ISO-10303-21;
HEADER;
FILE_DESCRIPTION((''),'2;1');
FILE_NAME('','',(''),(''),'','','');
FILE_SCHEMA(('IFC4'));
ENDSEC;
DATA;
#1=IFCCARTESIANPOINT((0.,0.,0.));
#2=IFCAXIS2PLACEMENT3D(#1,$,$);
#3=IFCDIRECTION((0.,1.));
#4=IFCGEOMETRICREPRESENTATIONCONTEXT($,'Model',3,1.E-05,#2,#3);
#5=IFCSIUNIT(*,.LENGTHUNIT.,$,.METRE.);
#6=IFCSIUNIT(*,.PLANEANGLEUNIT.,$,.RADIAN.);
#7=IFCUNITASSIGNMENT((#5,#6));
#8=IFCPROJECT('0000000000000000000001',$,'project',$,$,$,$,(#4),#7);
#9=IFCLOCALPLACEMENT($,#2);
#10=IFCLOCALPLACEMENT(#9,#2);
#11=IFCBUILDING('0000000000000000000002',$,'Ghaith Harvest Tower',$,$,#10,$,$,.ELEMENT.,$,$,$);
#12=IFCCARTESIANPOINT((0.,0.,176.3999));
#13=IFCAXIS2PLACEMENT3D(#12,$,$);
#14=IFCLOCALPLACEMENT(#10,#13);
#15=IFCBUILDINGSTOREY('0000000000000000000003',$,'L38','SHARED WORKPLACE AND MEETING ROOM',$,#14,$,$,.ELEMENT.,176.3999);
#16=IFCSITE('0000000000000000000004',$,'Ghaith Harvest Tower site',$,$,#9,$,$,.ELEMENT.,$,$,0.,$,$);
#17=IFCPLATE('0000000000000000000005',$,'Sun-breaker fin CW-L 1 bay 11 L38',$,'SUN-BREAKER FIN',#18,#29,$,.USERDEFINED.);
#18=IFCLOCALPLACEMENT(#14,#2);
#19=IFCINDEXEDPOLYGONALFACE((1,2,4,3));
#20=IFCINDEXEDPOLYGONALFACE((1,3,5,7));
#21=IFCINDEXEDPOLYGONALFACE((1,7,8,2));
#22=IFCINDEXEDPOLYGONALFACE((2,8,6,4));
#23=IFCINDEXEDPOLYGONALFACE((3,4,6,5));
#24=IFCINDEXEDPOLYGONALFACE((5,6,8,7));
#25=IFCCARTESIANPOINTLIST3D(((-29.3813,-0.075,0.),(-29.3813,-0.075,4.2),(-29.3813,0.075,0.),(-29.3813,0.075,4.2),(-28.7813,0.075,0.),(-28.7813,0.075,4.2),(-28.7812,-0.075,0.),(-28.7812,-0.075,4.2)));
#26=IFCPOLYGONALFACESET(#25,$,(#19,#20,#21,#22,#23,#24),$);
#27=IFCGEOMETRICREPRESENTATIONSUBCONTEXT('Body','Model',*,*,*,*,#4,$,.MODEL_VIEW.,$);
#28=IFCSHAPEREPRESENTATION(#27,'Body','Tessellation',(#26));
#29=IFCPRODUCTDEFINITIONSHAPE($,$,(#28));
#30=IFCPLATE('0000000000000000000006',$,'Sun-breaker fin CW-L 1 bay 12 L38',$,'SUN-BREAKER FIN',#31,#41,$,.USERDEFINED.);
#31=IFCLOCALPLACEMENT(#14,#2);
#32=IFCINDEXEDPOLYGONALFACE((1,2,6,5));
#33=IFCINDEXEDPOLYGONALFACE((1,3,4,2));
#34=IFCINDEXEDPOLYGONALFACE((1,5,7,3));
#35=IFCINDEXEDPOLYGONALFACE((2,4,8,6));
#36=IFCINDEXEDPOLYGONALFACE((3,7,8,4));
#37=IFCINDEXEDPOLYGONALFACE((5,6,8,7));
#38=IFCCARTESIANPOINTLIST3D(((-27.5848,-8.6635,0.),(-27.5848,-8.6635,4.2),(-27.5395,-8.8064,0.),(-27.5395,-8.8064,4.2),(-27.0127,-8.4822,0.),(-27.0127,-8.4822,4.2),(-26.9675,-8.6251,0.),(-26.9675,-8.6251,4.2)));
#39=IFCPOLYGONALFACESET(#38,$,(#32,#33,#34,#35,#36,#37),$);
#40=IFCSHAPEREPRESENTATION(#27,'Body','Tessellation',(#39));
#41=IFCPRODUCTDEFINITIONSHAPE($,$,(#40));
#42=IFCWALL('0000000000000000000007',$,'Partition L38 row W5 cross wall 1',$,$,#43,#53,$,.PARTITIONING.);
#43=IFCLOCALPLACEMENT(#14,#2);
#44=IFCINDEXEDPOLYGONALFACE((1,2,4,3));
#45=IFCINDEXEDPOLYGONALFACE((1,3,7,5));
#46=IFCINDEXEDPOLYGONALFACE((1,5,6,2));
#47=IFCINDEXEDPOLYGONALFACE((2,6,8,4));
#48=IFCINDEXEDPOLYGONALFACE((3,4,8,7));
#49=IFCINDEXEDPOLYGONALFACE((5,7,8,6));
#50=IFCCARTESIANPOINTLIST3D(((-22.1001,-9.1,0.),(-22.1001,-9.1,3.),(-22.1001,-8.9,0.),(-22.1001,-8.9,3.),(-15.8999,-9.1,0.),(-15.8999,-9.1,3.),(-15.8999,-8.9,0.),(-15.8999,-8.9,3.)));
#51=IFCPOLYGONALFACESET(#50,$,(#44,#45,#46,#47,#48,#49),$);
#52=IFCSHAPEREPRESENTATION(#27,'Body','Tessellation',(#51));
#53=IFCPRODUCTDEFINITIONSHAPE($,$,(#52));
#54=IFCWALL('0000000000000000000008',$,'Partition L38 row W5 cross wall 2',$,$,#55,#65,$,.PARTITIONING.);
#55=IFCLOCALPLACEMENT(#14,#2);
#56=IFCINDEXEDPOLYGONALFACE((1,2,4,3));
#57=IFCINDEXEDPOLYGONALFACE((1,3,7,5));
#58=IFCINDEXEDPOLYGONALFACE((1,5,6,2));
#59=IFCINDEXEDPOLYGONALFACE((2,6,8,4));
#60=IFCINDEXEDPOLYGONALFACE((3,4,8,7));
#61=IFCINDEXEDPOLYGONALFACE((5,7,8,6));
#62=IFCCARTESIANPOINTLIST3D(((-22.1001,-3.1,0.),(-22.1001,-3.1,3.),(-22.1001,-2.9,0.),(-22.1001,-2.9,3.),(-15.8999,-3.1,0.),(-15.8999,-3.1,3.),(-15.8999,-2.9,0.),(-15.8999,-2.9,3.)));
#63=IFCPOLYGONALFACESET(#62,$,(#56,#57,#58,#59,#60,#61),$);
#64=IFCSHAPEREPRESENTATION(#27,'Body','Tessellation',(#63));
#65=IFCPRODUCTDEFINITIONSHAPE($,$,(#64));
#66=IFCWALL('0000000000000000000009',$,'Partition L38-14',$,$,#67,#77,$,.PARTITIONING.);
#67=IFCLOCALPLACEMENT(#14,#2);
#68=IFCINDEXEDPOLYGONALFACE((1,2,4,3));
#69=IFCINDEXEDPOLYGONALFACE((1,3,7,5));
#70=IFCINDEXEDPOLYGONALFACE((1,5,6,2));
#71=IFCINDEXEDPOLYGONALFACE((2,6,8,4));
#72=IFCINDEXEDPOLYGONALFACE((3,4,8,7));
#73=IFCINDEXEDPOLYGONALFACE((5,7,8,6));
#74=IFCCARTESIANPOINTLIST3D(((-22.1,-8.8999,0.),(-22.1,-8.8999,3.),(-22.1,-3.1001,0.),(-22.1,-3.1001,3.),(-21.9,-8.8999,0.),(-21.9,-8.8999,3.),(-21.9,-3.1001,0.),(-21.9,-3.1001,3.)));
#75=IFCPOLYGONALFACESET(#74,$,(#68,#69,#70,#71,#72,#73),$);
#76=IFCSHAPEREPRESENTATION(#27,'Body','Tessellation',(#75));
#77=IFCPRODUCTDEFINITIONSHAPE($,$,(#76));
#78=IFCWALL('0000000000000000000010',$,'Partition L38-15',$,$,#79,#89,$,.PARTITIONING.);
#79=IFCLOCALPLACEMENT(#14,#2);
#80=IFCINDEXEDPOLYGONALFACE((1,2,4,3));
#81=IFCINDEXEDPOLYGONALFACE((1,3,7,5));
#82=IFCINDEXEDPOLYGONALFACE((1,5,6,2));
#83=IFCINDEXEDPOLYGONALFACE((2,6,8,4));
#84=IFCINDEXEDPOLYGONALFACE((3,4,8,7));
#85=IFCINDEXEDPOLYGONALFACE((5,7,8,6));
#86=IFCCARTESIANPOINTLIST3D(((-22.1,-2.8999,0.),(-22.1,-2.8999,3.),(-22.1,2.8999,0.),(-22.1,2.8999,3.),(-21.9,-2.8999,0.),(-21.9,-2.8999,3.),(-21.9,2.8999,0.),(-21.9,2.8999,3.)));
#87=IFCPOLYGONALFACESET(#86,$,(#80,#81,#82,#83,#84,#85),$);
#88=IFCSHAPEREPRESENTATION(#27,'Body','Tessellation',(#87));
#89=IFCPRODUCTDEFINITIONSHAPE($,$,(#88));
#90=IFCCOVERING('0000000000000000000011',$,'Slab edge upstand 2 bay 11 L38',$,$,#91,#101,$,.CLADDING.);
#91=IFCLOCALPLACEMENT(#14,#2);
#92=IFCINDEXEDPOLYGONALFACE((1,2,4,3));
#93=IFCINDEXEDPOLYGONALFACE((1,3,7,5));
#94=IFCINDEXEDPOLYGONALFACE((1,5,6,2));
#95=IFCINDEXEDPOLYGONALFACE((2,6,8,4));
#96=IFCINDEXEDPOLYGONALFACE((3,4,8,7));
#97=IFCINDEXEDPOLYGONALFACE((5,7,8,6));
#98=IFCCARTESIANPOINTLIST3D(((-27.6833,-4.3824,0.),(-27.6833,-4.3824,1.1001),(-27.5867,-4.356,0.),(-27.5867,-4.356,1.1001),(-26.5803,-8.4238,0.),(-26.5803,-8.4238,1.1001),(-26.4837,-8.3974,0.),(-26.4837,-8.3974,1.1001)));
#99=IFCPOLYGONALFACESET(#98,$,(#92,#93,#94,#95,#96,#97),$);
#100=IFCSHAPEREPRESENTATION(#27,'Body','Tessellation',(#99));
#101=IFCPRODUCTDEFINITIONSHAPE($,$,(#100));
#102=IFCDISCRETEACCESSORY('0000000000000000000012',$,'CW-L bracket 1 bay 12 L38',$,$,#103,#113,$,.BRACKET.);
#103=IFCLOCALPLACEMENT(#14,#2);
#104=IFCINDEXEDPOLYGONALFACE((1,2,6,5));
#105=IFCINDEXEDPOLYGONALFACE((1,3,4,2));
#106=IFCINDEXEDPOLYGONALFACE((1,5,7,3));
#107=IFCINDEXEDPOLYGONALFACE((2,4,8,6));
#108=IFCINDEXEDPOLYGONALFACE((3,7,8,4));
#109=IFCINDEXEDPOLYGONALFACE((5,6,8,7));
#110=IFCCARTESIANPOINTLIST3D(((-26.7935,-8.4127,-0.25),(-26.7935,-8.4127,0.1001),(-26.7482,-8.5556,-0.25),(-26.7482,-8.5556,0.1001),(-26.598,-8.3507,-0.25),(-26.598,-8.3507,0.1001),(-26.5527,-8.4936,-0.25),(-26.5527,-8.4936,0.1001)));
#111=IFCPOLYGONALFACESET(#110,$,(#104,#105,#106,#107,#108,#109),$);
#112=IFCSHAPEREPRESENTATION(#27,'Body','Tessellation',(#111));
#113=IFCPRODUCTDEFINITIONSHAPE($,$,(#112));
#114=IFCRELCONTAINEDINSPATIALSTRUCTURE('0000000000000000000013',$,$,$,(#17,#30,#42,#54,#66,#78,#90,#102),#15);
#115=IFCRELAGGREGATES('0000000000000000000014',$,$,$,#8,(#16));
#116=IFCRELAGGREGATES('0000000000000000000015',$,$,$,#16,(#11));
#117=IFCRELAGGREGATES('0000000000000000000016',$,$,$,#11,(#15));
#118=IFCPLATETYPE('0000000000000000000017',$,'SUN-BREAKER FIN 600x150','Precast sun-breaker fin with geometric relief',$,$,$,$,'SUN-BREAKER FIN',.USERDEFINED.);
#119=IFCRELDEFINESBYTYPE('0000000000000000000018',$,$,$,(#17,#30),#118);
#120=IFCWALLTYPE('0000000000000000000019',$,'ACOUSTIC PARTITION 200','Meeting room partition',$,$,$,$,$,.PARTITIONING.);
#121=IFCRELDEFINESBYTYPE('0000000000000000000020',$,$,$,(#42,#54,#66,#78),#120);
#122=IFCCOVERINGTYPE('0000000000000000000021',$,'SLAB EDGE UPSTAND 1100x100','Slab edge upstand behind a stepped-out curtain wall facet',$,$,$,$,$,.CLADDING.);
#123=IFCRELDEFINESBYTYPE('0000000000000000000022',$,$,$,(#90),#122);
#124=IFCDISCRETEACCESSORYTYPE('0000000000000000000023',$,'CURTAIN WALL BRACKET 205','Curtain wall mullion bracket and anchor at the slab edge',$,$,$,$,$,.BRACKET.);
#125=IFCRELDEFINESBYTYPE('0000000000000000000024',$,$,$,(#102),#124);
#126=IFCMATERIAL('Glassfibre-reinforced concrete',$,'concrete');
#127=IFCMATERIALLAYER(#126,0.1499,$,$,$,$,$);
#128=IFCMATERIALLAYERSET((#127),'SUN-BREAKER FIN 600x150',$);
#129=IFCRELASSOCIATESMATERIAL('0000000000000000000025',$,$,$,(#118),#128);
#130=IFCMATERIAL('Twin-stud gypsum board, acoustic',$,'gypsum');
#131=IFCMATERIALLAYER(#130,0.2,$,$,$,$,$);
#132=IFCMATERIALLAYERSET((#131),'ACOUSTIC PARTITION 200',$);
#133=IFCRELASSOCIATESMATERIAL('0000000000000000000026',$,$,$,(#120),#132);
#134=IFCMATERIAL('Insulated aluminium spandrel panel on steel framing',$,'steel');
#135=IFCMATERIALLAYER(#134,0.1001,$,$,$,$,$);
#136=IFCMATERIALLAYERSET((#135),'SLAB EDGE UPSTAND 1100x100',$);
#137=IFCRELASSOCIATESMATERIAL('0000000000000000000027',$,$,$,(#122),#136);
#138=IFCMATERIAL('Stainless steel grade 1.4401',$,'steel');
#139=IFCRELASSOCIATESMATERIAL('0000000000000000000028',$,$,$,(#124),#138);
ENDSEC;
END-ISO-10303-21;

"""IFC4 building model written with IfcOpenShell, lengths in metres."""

from ifc_helpers import new_model, si_unit, direction, frame, frame_2d, origin, origin_2d, place, context, subcontext, project, spatial, rectangle, extrude, material, layer, layer_set, type_object, element, save


model = new_model("IFC4")

# Units and contexts
model_context = context("Model", 3, precision=1e-05, world=origin(), true_north=direction((0.0, 1.0)))
body_context = subcontext(model_context, "Body", "Model", "MODEL_VIEW")
ifc_project = project(units=[si_unit("LENGTHUNIT", "METRE"), si_unit("PLANEANGLEUNIT", "RADIAN")], contexts=[model_context])

# Site, building, storey
site_placement = place(None, origin())
site = spatial("IfcSite", under=ifc_project, at=site_placement, Name="Ghaith Harvest Tower site", CompositionType="ELEMENT", RefElevation=0.0)
building_placement = place(site_placement, origin())
building = spatial("IfcBuilding", under=site, at=building_placement, Name="Ghaith Harvest Tower", CompositionType="ELEMENT")
storey_placement = place(building_placement, frame((0.0, 0.0, 176.3999)))
storey = spatial("IfcBuildingStorey", under=building, at=storey_placement, Name="L38", Description="SHARED WORKPLACE AND MEETING ROOM", CompositionType="ELEMENT", Elevation=176.3999)

# Plates
ifc_material_1 = material(Name="Glassfibre-reinforced concrete", Category="concrete")
ifc_layer_1 = layer(ifc_material_1, 0.1499)
ifc_layer_set_1 = layer_set([ifc_layer_1], Name="SUN-BREAKER FIN 600x150")
plate_type_1 = type_object("IfcPlateType", Name="SUN-BREAKER FIN 600x150", Description="Precast sun-breaker fin with geometric relief", ElementType="SUN-BREAKER FIN", PredefinedType="USERDEFINED", material=ifc_layer_set_1)
for number, where, z_axis, x_axis, name in (
    (1, (-29.0813, 0.0, 0.0), (0.0, 0.0, 1.0), (-1.0, 0.0, 0.0), "Sun-breaker fin CW-L 1 bay 11 L38"),
    (2, (-27.2761, -8.6443, 0.0), (0.0, 0.0, 1.0), (-0.953273, -0.30211, 0.0), "Sun-breaker fin CW-L 1 bay 12 L38"),
):
    element("IfcPlate", number, at=place(storey_placement, frame(where, z_axis=z_axis, x_axis=x_axis)), inside=storey, type_object=plate_type_1, Name=name, ObjectType="SUN-BREAKER FIN", PredefinedType="USERDEFINED", context=body_context, shape_type="SweptSolid", body=[
        extrude(rectangle(XDim=0.6001, YDim=0.1499, at=origin_2d()), origin(), (0.0, 0.0, 1.0), 4.2),
    ])

# Walls
ifc_material_2 = material(Name="Twin-stud gypsum board, acoustic", Category="gypsum")
ifc_layer_2 = layer(ifc_material_2, 0.2)
ifc_layer_set_2 = layer_set([ifc_layer_2], Name="ACOUSTIC PARTITION 200")
wall_type = type_object("IfcWallType", Name="ACOUSTIC PARTITION 200", Description="Meeting room partition", PredefinedType="PARTITIONING", material=ifc_layer_set_2)
for number, where, z_axis, x_axis, name in (
    (3, (-15.8999, -9.0, 0.0), (0.0, 0.0, 1.0), (-1.0, 0.0, 0.0), "Partition L38 row W5 cross wall 1"),
    (4, (-15.8999, -3.0, 0.0), (0.0, 0.0, 1.0), (-1.0, 0.0, 0.0), "Partition L38 row W5 cross wall 2"),
):
    element("IfcWall", number, at=place(storey_placement, frame(where, z_axis=z_axis, x_axis=x_axis)), inside=storey, type_object=wall_type, Name=name, PredefinedType="PARTITIONING", context=body_context, shape_type="SweptSolid", body=[
        extrude(rectangle(XDim=6.2002, YDim=0.2, at=frame_2d((3.1001, 0.0))), origin(), (0.0, 0.0, 1.0), 3.0),
    ])

# Wall
wall_1_placement = place(storey_placement, frame((-22.0, -8.8999, 0.0), z_axis=(0.0, 0.0, 1.0), x_axis=(0.0, 1.0, 0.0)))
element("IfcWall", 5, at=wall_1_placement, inside=storey, type_object=wall_type, Name="Partition L38-14", PredefinedType="PARTITIONING", context=body_context, shape_type="SweptSolid", body=[
    extrude(rectangle(XDim=5.7998, YDim=0.2, at=frame_2d((2.8999, 0.0))), origin(), (0.0, 0.0, 1.0), 3.0),
])

# Wall
wall_2_placement = place(storey_placement, frame((-22.0, -2.8999, 0.0), z_axis=(0.0, 0.0, 1.0), x_axis=(0.0, 1.0, 0.0)))
element("IfcWall", 6, at=wall_2_placement, inside=storey, type_object=wall_type, Name="Partition L38-15", PredefinedType="PARTITIONING", context=body_context, shape_type="SweptSolid", body=[
    extrude(rectangle(XDim=5.7998, YDim=0.2, at=frame_2d((2.8999, 0.0))), origin(), (0.0, 0.0, 1.0), 3.0),
])

# Covering
ifc_material_3 = material(Name="Insulated aluminium spandrel panel on steel framing", Category="steel")
ifc_layer_3 = layer(ifc_material_3, 0.1001)
ifc_layer_set_3 = layer_set([ifc_layer_3], Name="SLAB EDGE UPSTAND 1100x100")
covering_type = type_object("IfcCoveringType", Name="SLAB EDGE UPSTAND 1100x100", Description="Slab edge upstand behind a stepped-out curtain wall facet", PredefinedType="CLADDING", material=ifc_layer_set_3)
covering_placement = place(storey_placement, frame((-27.0835, -6.3899, 0.0), z_axis=(0.0, 0.0, 1.0), x_axis=(0.263288, -0.964717, 0.0)))
element("IfcCovering", 7, at=covering_placement, inside=storey, type_object=covering_type, Name="Slab edge upstand 2 bay 11 L38", PredefinedType="CLADDING", context=body_context, shape_type="SweptSolid", body=[
    extrude(rectangle(XDim=4.1892, YDim=0.1001, at=origin_2d()), origin(), (0.0, 0.0, 1.0), 1.1001),
])

# Discrete accessory
ifc_material_4 = material(Name="Stainless steel grade 1.4401", Category="steel")
discrete_accessory_type = type_object("IfcDiscreteAccessoryType", Name="CURTAIN WALL BRACKET 205", Description="Curtain wall mullion bracket and anchor at the slab edge", PredefinedType="BRACKET", material=ifc_material_4)
discrete_accessory_placement = place(storey_placement, frame((-26.6731, -8.4531, -0.25), z_axis=(0.0, 0.0, 1.0), x_axis=(-0.953273, -0.30211, 0.0)))
element("IfcDiscreteAccessory", 8, at=discrete_accessory_placement, inside=storey, type_object=discrete_accessory_type, Name="CW-L bracket 1 bay 12 L38", PredefinedType="BRACKET", context=body_context, shape_type="SweptSolid", body=[
    extrude(rectangle(XDim=0.2051, YDim=0.1499, at=origin_2d()), origin(), (0.0, 0.0, 1.0), 0.3501),
])

save(model, "model.ifc")
